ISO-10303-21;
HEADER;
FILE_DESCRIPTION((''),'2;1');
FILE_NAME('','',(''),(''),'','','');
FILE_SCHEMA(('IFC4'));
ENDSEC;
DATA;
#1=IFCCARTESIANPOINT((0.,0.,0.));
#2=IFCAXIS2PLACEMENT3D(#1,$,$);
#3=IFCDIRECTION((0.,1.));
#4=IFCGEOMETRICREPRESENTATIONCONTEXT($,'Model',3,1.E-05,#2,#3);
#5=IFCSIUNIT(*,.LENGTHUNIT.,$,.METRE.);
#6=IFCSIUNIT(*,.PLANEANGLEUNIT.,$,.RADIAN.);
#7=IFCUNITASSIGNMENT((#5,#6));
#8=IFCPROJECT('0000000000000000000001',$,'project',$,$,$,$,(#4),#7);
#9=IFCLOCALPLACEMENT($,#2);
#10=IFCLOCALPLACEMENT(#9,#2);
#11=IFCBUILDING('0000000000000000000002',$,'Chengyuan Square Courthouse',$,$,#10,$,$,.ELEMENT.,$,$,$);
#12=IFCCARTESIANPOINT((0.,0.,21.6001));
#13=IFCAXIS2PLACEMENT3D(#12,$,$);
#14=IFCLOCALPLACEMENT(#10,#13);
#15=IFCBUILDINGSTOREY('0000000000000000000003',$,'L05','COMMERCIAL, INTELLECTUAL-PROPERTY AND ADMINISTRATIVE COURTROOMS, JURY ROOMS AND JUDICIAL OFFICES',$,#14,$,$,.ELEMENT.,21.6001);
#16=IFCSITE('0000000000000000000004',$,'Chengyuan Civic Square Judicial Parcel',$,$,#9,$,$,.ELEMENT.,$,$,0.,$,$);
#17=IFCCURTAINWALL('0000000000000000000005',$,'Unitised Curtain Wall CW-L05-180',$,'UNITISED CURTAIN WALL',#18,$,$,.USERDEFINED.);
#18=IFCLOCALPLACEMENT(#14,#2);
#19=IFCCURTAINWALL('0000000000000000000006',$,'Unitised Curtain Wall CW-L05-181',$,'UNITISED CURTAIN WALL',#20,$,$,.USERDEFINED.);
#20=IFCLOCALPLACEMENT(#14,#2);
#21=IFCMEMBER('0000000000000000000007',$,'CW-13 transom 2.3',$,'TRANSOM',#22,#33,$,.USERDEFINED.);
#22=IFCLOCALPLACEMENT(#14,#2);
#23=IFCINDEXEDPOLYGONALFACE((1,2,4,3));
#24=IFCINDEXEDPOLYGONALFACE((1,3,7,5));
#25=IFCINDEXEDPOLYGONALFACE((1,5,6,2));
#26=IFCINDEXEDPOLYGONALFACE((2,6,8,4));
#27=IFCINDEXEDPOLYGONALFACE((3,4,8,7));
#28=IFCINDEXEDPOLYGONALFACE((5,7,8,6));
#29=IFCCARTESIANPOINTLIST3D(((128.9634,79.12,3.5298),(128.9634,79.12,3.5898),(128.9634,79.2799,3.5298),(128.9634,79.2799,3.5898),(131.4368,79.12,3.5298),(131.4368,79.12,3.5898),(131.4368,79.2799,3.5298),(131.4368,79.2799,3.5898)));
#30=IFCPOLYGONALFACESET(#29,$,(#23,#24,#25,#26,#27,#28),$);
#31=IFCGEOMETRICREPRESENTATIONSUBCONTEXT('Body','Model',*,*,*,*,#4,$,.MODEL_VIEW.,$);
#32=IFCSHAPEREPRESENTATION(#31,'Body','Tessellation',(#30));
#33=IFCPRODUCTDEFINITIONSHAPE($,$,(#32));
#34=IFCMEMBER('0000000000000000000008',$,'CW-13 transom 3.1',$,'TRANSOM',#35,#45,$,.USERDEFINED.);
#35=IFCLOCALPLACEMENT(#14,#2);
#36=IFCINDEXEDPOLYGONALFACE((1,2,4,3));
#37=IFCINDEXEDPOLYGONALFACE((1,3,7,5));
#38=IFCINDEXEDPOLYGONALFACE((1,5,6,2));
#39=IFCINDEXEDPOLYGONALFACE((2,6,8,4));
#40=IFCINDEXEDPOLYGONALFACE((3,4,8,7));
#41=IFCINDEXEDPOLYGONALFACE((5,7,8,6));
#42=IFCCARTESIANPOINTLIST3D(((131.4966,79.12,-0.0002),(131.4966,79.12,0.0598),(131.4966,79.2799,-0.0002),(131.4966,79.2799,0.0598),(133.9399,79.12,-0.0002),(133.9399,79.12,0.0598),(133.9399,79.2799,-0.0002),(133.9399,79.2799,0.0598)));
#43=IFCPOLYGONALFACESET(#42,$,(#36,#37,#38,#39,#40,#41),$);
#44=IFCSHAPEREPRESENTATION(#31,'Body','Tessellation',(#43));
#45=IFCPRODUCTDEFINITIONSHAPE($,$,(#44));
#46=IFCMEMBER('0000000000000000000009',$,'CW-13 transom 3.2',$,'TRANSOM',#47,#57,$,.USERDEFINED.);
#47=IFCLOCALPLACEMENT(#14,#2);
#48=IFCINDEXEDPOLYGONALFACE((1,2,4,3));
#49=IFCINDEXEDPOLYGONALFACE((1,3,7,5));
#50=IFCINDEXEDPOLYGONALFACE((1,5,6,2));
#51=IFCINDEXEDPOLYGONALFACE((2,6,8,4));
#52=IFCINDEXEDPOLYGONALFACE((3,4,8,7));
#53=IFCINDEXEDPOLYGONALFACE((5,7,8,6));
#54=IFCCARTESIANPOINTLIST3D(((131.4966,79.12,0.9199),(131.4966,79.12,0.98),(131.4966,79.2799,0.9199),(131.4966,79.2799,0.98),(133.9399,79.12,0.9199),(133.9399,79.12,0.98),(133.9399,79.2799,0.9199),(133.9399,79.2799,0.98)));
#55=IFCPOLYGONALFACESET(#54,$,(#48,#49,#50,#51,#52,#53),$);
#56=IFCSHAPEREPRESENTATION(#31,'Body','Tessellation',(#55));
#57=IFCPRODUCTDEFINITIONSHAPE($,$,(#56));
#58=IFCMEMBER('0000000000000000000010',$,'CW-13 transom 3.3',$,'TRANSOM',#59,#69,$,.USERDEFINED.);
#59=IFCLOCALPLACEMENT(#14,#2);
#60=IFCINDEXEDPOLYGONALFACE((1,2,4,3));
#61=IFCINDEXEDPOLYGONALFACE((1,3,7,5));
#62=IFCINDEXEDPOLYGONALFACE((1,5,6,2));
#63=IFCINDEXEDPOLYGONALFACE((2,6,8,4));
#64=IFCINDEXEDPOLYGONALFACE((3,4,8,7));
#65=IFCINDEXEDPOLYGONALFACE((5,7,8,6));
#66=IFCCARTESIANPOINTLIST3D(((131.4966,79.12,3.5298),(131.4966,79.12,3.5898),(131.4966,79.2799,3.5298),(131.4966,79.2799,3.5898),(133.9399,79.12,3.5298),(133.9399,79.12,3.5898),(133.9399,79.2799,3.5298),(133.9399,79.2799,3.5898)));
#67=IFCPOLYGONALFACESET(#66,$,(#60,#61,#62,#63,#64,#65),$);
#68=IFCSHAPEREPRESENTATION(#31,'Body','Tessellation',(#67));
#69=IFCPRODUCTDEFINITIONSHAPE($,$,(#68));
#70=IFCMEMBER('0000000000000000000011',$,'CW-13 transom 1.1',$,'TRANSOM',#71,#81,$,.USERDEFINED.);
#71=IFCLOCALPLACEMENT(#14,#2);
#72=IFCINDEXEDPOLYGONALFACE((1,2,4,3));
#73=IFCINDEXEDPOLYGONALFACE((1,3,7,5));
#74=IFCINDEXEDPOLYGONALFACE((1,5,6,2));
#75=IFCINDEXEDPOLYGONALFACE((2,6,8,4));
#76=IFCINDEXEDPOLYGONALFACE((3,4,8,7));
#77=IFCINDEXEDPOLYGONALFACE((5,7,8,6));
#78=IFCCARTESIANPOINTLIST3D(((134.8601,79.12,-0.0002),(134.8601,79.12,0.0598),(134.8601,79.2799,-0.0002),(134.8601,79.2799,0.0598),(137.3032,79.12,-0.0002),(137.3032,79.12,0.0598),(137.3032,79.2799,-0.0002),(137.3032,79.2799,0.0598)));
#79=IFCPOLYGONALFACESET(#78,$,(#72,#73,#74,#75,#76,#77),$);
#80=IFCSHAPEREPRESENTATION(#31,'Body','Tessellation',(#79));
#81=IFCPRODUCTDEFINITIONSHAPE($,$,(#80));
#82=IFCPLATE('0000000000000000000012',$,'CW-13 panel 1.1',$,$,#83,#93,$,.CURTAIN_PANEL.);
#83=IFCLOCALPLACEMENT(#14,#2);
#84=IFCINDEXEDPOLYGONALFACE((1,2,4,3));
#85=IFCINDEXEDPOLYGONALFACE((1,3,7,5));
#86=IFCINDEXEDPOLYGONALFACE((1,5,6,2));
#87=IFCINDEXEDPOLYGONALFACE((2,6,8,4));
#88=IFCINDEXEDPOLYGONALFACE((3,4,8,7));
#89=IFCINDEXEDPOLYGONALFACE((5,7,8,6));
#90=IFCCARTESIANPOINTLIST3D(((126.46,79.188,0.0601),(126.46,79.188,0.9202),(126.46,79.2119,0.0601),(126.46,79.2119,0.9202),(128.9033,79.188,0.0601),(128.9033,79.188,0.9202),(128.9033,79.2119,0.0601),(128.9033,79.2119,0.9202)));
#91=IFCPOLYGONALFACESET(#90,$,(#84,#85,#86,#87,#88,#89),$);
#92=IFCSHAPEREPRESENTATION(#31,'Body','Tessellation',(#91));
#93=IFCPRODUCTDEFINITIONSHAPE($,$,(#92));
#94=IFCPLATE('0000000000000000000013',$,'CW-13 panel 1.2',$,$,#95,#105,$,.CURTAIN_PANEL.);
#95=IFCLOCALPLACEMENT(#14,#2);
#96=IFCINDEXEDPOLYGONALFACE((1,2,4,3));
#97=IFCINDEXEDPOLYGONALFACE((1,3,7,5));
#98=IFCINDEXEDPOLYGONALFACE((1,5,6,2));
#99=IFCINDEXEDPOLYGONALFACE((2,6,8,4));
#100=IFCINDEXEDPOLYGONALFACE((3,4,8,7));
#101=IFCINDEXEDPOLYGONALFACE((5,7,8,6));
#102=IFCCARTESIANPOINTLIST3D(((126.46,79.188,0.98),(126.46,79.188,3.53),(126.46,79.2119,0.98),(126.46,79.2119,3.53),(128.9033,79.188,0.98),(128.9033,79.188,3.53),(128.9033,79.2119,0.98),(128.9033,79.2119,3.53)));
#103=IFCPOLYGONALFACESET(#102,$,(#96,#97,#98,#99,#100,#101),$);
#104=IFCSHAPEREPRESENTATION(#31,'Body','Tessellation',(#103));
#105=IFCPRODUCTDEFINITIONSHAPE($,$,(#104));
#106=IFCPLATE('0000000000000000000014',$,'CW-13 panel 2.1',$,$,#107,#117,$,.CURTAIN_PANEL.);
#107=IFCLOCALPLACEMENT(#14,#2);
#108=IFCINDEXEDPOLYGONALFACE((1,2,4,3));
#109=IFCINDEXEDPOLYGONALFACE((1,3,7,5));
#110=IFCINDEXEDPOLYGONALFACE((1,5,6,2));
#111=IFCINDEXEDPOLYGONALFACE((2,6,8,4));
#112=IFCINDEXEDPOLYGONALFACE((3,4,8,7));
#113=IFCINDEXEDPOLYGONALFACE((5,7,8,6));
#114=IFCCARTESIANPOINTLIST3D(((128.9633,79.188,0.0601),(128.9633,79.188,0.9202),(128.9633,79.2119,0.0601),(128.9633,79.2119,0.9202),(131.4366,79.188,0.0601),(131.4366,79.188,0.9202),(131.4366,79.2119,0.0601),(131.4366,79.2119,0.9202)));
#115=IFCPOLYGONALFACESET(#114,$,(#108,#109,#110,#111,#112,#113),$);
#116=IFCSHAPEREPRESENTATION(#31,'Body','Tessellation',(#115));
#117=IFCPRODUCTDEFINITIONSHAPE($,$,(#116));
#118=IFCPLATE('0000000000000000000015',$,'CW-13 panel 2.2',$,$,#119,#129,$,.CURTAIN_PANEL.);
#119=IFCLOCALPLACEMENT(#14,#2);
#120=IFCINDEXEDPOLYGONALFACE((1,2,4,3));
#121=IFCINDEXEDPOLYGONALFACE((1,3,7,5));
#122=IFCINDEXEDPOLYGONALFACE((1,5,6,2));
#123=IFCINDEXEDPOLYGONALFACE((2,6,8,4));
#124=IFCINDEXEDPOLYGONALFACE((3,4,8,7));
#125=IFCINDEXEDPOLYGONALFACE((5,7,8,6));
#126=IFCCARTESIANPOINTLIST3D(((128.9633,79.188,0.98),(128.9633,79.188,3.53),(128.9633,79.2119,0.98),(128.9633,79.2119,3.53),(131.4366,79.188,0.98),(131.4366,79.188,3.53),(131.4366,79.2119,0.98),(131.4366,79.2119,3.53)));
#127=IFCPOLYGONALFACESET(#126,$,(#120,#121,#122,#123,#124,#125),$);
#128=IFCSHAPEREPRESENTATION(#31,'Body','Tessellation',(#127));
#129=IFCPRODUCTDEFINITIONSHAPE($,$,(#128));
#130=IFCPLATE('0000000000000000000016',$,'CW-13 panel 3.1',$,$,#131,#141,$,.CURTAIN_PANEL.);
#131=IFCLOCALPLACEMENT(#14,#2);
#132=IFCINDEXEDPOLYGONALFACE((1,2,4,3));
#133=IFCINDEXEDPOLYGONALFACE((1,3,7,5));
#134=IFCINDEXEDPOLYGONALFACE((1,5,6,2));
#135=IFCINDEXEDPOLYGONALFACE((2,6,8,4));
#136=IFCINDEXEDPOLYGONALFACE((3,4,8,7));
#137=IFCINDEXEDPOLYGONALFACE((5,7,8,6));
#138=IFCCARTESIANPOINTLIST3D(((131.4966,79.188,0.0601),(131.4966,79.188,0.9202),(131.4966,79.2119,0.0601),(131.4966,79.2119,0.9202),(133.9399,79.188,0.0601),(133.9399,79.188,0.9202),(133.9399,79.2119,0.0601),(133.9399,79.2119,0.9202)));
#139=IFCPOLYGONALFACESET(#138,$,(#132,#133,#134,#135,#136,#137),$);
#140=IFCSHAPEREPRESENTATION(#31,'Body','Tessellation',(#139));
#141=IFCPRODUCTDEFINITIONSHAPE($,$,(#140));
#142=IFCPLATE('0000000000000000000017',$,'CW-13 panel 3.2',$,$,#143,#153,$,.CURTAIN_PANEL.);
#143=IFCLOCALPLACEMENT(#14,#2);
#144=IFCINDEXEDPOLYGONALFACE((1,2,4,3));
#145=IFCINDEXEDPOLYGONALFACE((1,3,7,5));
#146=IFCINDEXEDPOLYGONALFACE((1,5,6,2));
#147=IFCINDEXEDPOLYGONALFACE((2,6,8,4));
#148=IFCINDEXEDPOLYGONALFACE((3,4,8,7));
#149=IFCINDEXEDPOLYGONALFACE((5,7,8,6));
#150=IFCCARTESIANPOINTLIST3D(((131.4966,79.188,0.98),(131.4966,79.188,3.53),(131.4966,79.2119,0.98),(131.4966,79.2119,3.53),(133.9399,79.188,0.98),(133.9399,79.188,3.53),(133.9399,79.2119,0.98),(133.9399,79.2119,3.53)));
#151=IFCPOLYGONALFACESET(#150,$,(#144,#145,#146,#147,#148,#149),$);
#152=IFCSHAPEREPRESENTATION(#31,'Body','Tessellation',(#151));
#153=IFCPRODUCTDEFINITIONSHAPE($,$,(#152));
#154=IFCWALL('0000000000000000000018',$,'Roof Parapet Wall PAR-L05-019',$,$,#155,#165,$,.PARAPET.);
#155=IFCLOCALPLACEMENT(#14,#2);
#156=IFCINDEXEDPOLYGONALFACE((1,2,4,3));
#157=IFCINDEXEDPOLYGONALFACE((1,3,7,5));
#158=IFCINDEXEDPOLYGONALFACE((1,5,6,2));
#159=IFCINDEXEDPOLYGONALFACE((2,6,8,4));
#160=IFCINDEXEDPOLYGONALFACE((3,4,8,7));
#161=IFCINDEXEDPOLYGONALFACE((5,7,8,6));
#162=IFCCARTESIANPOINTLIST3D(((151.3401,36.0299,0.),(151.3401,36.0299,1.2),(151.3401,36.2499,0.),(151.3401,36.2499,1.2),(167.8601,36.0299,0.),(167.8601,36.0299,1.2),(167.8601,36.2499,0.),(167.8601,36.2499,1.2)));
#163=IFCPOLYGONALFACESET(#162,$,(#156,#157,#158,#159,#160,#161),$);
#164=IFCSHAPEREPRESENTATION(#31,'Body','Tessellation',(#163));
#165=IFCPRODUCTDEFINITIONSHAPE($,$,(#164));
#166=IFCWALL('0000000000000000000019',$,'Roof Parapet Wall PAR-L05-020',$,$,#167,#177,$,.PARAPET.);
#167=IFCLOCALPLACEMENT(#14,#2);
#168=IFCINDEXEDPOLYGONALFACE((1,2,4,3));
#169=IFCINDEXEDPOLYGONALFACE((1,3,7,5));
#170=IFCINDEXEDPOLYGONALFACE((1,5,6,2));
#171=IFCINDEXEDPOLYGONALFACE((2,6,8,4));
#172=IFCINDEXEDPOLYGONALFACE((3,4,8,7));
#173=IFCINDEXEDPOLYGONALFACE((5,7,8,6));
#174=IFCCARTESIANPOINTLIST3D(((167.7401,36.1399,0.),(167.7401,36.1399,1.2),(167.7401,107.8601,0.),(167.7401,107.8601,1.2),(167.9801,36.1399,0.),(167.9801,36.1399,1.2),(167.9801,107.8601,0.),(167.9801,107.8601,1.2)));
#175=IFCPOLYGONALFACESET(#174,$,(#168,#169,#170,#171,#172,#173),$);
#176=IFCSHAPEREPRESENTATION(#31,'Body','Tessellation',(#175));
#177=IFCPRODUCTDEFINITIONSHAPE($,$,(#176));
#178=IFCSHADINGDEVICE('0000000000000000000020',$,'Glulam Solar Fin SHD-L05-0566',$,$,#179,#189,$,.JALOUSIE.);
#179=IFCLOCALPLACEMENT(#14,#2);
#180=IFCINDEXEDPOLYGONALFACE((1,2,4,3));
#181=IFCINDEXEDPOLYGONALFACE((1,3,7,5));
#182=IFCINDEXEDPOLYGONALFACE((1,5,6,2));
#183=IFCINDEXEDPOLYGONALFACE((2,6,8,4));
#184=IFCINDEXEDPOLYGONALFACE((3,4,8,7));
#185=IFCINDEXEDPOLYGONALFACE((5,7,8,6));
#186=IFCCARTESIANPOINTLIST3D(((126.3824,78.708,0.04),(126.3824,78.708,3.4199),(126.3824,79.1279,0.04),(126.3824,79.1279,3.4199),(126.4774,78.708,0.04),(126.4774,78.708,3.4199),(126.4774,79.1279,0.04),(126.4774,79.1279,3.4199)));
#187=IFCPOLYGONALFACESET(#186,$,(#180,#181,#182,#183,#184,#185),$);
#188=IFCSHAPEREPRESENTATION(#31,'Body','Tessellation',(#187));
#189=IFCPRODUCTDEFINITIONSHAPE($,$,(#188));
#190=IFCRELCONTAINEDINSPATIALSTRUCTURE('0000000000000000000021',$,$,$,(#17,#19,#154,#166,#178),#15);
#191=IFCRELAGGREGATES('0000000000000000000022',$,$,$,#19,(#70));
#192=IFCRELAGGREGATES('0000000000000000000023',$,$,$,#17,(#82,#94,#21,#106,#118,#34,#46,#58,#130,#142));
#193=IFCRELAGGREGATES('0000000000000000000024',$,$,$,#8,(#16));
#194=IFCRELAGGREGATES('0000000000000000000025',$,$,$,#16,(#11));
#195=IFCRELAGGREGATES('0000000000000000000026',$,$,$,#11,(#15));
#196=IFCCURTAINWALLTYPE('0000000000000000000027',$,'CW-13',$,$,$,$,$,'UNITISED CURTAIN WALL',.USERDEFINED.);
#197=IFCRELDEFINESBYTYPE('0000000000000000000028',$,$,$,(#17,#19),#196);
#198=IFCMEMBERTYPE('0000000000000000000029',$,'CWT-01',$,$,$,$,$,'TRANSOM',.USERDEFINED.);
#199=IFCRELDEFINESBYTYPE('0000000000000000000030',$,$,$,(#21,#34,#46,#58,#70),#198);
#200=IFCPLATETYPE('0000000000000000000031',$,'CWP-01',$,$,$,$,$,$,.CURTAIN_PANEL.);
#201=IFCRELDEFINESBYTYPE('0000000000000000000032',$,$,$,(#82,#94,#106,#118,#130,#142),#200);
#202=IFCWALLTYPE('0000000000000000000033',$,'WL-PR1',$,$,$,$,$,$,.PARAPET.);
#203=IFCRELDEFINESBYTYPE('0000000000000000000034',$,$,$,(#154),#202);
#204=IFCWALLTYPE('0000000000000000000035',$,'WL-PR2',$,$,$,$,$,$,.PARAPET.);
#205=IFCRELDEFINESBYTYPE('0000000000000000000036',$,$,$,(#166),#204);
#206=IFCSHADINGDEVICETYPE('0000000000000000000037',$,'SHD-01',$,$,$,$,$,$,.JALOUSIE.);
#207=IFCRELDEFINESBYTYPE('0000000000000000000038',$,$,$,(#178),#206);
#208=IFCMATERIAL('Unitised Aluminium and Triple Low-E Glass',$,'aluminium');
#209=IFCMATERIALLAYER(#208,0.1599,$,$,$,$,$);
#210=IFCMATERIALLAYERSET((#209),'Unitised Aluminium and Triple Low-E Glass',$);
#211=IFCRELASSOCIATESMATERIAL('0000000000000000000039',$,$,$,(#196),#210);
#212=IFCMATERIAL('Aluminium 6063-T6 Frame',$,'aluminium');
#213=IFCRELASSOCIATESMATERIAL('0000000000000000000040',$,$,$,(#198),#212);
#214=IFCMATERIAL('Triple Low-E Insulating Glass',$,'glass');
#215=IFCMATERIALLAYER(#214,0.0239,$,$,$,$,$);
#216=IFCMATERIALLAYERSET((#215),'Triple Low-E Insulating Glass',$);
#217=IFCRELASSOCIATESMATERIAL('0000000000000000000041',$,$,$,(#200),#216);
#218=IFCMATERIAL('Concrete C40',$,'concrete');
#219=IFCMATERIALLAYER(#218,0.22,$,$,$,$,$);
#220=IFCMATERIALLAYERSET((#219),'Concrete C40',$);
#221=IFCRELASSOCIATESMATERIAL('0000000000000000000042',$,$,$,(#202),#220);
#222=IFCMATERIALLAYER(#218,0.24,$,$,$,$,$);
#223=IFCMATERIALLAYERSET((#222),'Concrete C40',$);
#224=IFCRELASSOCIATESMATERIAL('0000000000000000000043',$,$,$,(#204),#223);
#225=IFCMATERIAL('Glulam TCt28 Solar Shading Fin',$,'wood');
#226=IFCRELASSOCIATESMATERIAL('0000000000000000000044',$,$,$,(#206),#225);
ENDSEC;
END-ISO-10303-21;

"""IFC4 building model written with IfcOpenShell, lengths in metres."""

from ifc_helpers import new_model, si_unit, direction, frame, frame_2d, origin, origin_2d, place, context, subcontext, project, spatial, rectangle, extrude, material, layer, layer_set, material_profile, profile_set, type_object, element, aggregate, save


model = new_model("IFC4")

# Units and contexts
model_context = context("Model", 3, precision=1e-05, world=origin(), true_north=direction((0.0, 1.0)))
body_context = subcontext(model_context, "Body", "Model", "MODEL_VIEW")
ifc_project = project(units=[si_unit("LENGTHUNIT", "METRE"), si_unit("PLANEANGLEUNIT", "RADIAN")], contexts=[model_context])

# Site, building, storey
site_placement = place(None, origin())
site = spatial("IfcSite", under=ifc_project, at=site_placement, Name="Chengyuan Civic Square Judicial Parcel", CompositionType="ELEMENT", RefElevation=0.0)
building_placement = place(site_placement, origin())
building = spatial("IfcBuilding", under=site, at=building_placement, Name="Chengyuan Square Courthouse", CompositionType="ELEMENT")
storey_placement = place(building_placement, frame((0.0, 0.0, 21.6001)))
storey = spatial("IfcBuildingStorey", under=building, at=storey_placement, Name="L05", Description="COMMERCIAL, INTELLECTUAL-PROPERTY AND ADMINISTRATIVE COURTROOMS, JURY ROOMS AND JUDICIAL OFFICES", CompositionType="ELEMENT", Elevation=21.6001)

# Shared definitions
ifc_material_1 = material(Name="Concrete C40", Category="concrete")

# Curtain wall
ifc_material_2 = material(Name="Unitised Aluminium and Triple Low-E Glass", Category="aluminium")
ifc_layer_1 = layer(ifc_material_2, 0.1599)
ifc_layer_set_1 = layer_set([ifc_layer_1], Name="Unitised Aluminium and Triple Low-E Glass")
curtain_wall_type = type_object("IfcCurtainWallType", Name="CW-13", ElementType="UNITISED CURTAIN WALL", PredefinedType="USERDEFINED", material=ifc_layer_set_1)
curtain_wall_1_placement = place(storey_placement, origin())
curtain_wall_1 = element("IfcCurtainWall", 1, at=curtain_wall_1_placement, inside=storey, type_object=curtain_wall_type, Name="Unitised Curtain Wall CW-L05-180", ObjectType="UNITISED CURTAIN WALL", PredefinedType="USERDEFINED")
ifc_material_3 = material(Name="Aluminium 6063-T6 Frame", Category="aluminium")

# Curtain wall
curtain_wall_2_placement = place(storey_placement, origin())
curtain_wall_2 = element("IfcCurtainWall", 2, at=curtain_wall_2_placement, inside=storey, type_object=curtain_wall_type, Name="Unitised Curtain Wall CW-L05-181", ObjectType="UNITISED CURTAIN WALL", PredefinedType="USERDEFINED")

# Members
ifc_material_profile_1 = material_profile(ifc_material_3, rectangle(XDim=0.1599, YDim=0.0601, at=origin_2d()), Name="CW-TRN-60x120")
ifc_profile_set_1 = profile_set([ifc_material_profile_1], Name="Aluminium 6063-T6 Frame")
member_type_1 = type_object("IfcMemberType", Name="CWT-01", ElementType="TRANSOM", PredefinedType="USERDEFINED", material=ifc_profile_set_1)
member_1_placement = place(storey_placement, frame((128.9634, 79.2, 3.5598), z_axis=(1.0, 0.0, 0.0), x_axis=(0.0, 1.0, 0.0)))
member_1 = element("IfcMember", 3, at=member_1_placement, type_object=member_type_1, Name="CW-13 transom 2.3", ObjectType="TRANSOM", PredefinedType="USERDEFINED", context=body_context, shape_type="SweptSolid", body=[
    extrude(rectangle(XDim=0.1599, YDim=0.0601, at=origin_2d()), origin(), (0.0, 0.0, 1.0), 2.4734),
])
member_2_placement = place(storey_placement, frame((131.4966, 79.2, 0.0298), z_axis=(1.0, 0.0, 0.0), x_axis=(0.0, 1.0, 0.0)))
member_2 = element("IfcMember", 4, at=member_2_placement, type_object=member_type_1, Name="CW-13 transom 3.1", ObjectType="TRANSOM", PredefinedType="USERDEFINED", context=body_context, shape_type="SweptSolid", body=[
    extrude(rectangle(XDim=0.1599, YDim=0.0601, at=origin_2d()), origin(), (0.0, 0.0, 1.0), 2.4434),
])
member_3_placement = place(storey_placement, frame((131.4966, 79.2, 0.95), z_axis=(1.0, 0.0, 0.0), x_axis=(0.0, 1.0, 0.0)))
member_3 = element("IfcMember", 5, at=member_3_placement, type_object=member_type_1, Name="CW-13 transom 3.2", ObjectType="TRANSOM", PredefinedType="USERDEFINED", context=body_context, shape_type="SweptSolid", body=[
    extrude(rectangle(XDim=0.1599, YDim=0.0601, at=origin_2d()), origin(), (0.0, 0.0, 1.0), 2.4434),
])
member_4_placement = place(storey_placement, frame((131.4966, 79.2, 3.5598), z_axis=(1.0, 0.0, 0.0), x_axis=(0.0, 1.0, 0.0)))
member_4 = element("IfcMember", 6, at=member_4_placement, type_object=member_type_1, Name="CW-13 transom 3.3", ObjectType="TRANSOM", PredefinedType="USERDEFINED", context=body_context, shape_type="SweptSolid", body=[
    extrude(rectangle(XDim=0.1599, YDim=0.0601, at=origin_2d()), origin(), (0.0, 0.0, 1.0), 2.4434),
])
member_5_placement = place(storey_placement, frame((134.8601, 79.2, 0.0298), z_axis=(1.0, 0.0, 0.0), x_axis=(0.0, 1.0, 0.0)))
member_5 = element("IfcMember", 7, at=member_5_placement, type_object=member_type_1, Name="CW-13 transom 1.1", ObjectType="TRANSOM", PredefinedType="USERDEFINED", context=body_context, shape_type="SweptSolid", body=[
    extrude(rectangle(XDim=0.1599, YDim=0.0601, at=origin_2d()), origin(), (0.0, 0.0, 1.0), 2.4431),
])
aggregate(curtain_wall_2, [member_5])

# Plates
ifc_material_4 = material(Name="Triple Low-E Insulating Glass", Category="glass")
ifc_layer_2 = layer(ifc_material_4, 0.0239)
ifc_layer_set_2 = layer_set([ifc_layer_2], Name="Triple Low-E Insulating Glass")
plate_type = type_object("IfcPlateType", Name="CWP-01", PredefinedType="CURTAIN_PANEL", material=ifc_layer_set_2)
plate_1_placement = place(storey_placement, frame((127.6816, 79.2, 0.0601), z_axis=(0.0, 0.0, 1.0), x_axis=(1.0, 0.0, 0.0)))
plate_1 = element("IfcPlate", 8, at=plate_1_placement, type_object=plate_type, Name="CW-13 panel 1.1", PredefinedType="CURTAIN_PANEL", context=body_context, shape_type="SweptSolid", body=[
    extrude(rectangle(XDim=2.4434, YDim=0.0239, at=origin_2d()), origin(), (0.0, 0.0, 1.0), 0.8601),
])
plate_2_placement = place(storey_placement, frame((127.6816, 79.2, 0.98), z_axis=(0.0, 0.0, 1.0), x_axis=(1.0, 0.0, 0.0)))
plate_2 = element("IfcPlate", 9, at=plate_2_placement, type_object=plate_type, Name="CW-13 panel 1.2", PredefinedType="CURTAIN_PANEL", context=body_context, shape_type="SweptSolid", body=[
    extrude(rectangle(XDim=2.4434, YDim=0.0239, at=origin_2d()), origin(), (0.0, 0.0, 1.0), 2.55),
])
plate_3_placement = place(storey_placement, frame((130.2, 79.2, 0.0601), z_axis=(0.0, 0.0, 1.0), x_axis=(1.0, 0.0, 0.0)))
plate_3 = element("IfcPlate", 10, at=plate_3_placement, type_object=plate_type, Name="CW-13 panel 2.1", PredefinedType="CURTAIN_PANEL", context=body_context, shape_type="SweptSolid", body=[
    extrude(rectangle(XDim=2.4734, YDim=0.0239, at=origin_2d()), origin(), (0.0, 0.0, 1.0), 0.8601),
])
plate_4_placement = place(storey_placement, frame((130.2, 79.2, 0.98), z_axis=(0.0, 0.0, 1.0), x_axis=(1.0, 0.0, 0.0)))
plate_4 = element("IfcPlate", 11, at=plate_4_placement, type_object=plate_type, Name="CW-13 panel 2.2", PredefinedType="CURTAIN_PANEL", context=body_context, shape_type="SweptSolid", body=[
    extrude(rectangle(XDim=2.4734, YDim=0.0239, at=origin_2d()), origin(), (0.0, 0.0, 1.0), 2.55),
])
plate_5_placement = place(storey_placement, frame((132.7183, 79.2, 0.0601), z_axis=(0.0, 0.0, 1.0), x_axis=(1.0, 0.0, 0.0)))
plate_5 = element("IfcPlate", 12, at=plate_5_placement, type_object=plate_type, Name="CW-13 panel 3.1", PredefinedType="CURTAIN_PANEL", context=body_context, shape_type="SweptSolid", body=[
    extrude(rectangle(XDim=2.4434, YDim=0.0239, at=origin_2d()), origin(), (0.0, 0.0, 1.0), 0.8601),
])
plate_6_placement = place(storey_placement, frame((132.7183, 79.2, 0.98), z_axis=(0.0, 0.0, 1.0), x_axis=(1.0, 0.0, 0.0)))
plate_6 = element("IfcPlate", 13, at=plate_6_placement, type_object=plate_type, Name="CW-13 panel 3.2", PredefinedType="CURTAIN_PANEL", context=body_context, shape_type="SweptSolid", body=[
    extrude(rectangle(XDim=2.4434, YDim=0.0239, at=origin_2d()), origin(), (0.0, 0.0, 1.0), 2.55),
])
aggregate(curtain_wall_1, [plate_1, plate_2, member_1, plate_3, plate_4, member_2, member_3, member_4, plate_5, plate_6])

# Walls
ifc_layer_3 = layer(ifc_material_1, 0.22)
ifc_layer_set_3 = layer_set([ifc_layer_3], Name="Concrete C40")
wall_type_1 = type_object("IfcWallType", Name="WL-PR1", PredefinedType="PARAPET", material=ifc_layer_set_3)
wall_1_placement = place(storey_placement, frame((151.3401, 36.1399, 0.0), z_axis=(0.0, 0.0, 1.0), x_axis=(1.0, 0.0, 0.0)))
element("IfcWall", 14, at=wall_1_placement, inside=storey, type_object=wall_type_1, Name="Roof Parapet Wall PAR-L05-019", PredefinedType="PARAPET", context=body_context, shape_type="SweptSolid", body=[
    extrude(rectangle(XDim=16.52, YDim=0.22, at=frame_2d((8.26, 0.0))), origin(), (0.0, 0.0, 1.0), 1.2),
])
ifc_layer_4 = layer(ifc_material_1, 0.24)
ifc_layer_set_4 = layer_set([ifc_layer_4], Name="Concrete C40")
wall_type_2 = type_object("IfcWallType", Name="WL-PR2", PredefinedType="PARAPET", material=ifc_layer_set_4)
wall_2_placement = place(storey_placement, frame((167.8601, 36.1399, 0.0), z_axis=(0.0, 0.0, 1.0), x_axis=(0.0, 1.0, 0.0)))
element("IfcWall", 15, at=wall_2_placement, inside=storey, type_object=wall_type_2, Name="Roof Parapet Wall PAR-L05-020", PredefinedType="PARAPET", context=body_context, shape_type="SweptSolid", body=[
    extrude(rectangle(XDim=71.7202, YDim=0.24, at=frame_2d((35.8601, 0.0))), origin(), (0.0, 0.0, 1.0), 1.2),
])

# Shading device
ifc_material_5 = material(Name="Glulam TCt28 Solar Shading Fin", Category="wood")
shading_device_type_1 = type_object("IfcShadingDeviceType", Name="SHD-01", PredefinedType="JALOUSIE", material=ifc_material_5)
for number, where, z_axis, x_axis, name in (
    (16, (126.4299, 78.918, 0.04), (0.0, 0.0, 1.0), (0.0, 1.0, 0.0), "Glulam Solar Fin SHD-L05-0566"),
):
    element("IfcShadingDevice", number, at=place(storey_placement, frame(where, z_axis=z_axis, x_axis=x_axis)), inside=storey, type_object=shading_device_type_1, Name=name, PredefinedType="JALOUSIE", context=body_context, shape_type="SweptSolid", body=[
        extrude(rectangle(XDim=0.4199, YDim=0.095, at=origin_2d()), origin(), (0.0, 0.0, 1.0), 3.3799),
    ])

save(model, "model.ifc")
